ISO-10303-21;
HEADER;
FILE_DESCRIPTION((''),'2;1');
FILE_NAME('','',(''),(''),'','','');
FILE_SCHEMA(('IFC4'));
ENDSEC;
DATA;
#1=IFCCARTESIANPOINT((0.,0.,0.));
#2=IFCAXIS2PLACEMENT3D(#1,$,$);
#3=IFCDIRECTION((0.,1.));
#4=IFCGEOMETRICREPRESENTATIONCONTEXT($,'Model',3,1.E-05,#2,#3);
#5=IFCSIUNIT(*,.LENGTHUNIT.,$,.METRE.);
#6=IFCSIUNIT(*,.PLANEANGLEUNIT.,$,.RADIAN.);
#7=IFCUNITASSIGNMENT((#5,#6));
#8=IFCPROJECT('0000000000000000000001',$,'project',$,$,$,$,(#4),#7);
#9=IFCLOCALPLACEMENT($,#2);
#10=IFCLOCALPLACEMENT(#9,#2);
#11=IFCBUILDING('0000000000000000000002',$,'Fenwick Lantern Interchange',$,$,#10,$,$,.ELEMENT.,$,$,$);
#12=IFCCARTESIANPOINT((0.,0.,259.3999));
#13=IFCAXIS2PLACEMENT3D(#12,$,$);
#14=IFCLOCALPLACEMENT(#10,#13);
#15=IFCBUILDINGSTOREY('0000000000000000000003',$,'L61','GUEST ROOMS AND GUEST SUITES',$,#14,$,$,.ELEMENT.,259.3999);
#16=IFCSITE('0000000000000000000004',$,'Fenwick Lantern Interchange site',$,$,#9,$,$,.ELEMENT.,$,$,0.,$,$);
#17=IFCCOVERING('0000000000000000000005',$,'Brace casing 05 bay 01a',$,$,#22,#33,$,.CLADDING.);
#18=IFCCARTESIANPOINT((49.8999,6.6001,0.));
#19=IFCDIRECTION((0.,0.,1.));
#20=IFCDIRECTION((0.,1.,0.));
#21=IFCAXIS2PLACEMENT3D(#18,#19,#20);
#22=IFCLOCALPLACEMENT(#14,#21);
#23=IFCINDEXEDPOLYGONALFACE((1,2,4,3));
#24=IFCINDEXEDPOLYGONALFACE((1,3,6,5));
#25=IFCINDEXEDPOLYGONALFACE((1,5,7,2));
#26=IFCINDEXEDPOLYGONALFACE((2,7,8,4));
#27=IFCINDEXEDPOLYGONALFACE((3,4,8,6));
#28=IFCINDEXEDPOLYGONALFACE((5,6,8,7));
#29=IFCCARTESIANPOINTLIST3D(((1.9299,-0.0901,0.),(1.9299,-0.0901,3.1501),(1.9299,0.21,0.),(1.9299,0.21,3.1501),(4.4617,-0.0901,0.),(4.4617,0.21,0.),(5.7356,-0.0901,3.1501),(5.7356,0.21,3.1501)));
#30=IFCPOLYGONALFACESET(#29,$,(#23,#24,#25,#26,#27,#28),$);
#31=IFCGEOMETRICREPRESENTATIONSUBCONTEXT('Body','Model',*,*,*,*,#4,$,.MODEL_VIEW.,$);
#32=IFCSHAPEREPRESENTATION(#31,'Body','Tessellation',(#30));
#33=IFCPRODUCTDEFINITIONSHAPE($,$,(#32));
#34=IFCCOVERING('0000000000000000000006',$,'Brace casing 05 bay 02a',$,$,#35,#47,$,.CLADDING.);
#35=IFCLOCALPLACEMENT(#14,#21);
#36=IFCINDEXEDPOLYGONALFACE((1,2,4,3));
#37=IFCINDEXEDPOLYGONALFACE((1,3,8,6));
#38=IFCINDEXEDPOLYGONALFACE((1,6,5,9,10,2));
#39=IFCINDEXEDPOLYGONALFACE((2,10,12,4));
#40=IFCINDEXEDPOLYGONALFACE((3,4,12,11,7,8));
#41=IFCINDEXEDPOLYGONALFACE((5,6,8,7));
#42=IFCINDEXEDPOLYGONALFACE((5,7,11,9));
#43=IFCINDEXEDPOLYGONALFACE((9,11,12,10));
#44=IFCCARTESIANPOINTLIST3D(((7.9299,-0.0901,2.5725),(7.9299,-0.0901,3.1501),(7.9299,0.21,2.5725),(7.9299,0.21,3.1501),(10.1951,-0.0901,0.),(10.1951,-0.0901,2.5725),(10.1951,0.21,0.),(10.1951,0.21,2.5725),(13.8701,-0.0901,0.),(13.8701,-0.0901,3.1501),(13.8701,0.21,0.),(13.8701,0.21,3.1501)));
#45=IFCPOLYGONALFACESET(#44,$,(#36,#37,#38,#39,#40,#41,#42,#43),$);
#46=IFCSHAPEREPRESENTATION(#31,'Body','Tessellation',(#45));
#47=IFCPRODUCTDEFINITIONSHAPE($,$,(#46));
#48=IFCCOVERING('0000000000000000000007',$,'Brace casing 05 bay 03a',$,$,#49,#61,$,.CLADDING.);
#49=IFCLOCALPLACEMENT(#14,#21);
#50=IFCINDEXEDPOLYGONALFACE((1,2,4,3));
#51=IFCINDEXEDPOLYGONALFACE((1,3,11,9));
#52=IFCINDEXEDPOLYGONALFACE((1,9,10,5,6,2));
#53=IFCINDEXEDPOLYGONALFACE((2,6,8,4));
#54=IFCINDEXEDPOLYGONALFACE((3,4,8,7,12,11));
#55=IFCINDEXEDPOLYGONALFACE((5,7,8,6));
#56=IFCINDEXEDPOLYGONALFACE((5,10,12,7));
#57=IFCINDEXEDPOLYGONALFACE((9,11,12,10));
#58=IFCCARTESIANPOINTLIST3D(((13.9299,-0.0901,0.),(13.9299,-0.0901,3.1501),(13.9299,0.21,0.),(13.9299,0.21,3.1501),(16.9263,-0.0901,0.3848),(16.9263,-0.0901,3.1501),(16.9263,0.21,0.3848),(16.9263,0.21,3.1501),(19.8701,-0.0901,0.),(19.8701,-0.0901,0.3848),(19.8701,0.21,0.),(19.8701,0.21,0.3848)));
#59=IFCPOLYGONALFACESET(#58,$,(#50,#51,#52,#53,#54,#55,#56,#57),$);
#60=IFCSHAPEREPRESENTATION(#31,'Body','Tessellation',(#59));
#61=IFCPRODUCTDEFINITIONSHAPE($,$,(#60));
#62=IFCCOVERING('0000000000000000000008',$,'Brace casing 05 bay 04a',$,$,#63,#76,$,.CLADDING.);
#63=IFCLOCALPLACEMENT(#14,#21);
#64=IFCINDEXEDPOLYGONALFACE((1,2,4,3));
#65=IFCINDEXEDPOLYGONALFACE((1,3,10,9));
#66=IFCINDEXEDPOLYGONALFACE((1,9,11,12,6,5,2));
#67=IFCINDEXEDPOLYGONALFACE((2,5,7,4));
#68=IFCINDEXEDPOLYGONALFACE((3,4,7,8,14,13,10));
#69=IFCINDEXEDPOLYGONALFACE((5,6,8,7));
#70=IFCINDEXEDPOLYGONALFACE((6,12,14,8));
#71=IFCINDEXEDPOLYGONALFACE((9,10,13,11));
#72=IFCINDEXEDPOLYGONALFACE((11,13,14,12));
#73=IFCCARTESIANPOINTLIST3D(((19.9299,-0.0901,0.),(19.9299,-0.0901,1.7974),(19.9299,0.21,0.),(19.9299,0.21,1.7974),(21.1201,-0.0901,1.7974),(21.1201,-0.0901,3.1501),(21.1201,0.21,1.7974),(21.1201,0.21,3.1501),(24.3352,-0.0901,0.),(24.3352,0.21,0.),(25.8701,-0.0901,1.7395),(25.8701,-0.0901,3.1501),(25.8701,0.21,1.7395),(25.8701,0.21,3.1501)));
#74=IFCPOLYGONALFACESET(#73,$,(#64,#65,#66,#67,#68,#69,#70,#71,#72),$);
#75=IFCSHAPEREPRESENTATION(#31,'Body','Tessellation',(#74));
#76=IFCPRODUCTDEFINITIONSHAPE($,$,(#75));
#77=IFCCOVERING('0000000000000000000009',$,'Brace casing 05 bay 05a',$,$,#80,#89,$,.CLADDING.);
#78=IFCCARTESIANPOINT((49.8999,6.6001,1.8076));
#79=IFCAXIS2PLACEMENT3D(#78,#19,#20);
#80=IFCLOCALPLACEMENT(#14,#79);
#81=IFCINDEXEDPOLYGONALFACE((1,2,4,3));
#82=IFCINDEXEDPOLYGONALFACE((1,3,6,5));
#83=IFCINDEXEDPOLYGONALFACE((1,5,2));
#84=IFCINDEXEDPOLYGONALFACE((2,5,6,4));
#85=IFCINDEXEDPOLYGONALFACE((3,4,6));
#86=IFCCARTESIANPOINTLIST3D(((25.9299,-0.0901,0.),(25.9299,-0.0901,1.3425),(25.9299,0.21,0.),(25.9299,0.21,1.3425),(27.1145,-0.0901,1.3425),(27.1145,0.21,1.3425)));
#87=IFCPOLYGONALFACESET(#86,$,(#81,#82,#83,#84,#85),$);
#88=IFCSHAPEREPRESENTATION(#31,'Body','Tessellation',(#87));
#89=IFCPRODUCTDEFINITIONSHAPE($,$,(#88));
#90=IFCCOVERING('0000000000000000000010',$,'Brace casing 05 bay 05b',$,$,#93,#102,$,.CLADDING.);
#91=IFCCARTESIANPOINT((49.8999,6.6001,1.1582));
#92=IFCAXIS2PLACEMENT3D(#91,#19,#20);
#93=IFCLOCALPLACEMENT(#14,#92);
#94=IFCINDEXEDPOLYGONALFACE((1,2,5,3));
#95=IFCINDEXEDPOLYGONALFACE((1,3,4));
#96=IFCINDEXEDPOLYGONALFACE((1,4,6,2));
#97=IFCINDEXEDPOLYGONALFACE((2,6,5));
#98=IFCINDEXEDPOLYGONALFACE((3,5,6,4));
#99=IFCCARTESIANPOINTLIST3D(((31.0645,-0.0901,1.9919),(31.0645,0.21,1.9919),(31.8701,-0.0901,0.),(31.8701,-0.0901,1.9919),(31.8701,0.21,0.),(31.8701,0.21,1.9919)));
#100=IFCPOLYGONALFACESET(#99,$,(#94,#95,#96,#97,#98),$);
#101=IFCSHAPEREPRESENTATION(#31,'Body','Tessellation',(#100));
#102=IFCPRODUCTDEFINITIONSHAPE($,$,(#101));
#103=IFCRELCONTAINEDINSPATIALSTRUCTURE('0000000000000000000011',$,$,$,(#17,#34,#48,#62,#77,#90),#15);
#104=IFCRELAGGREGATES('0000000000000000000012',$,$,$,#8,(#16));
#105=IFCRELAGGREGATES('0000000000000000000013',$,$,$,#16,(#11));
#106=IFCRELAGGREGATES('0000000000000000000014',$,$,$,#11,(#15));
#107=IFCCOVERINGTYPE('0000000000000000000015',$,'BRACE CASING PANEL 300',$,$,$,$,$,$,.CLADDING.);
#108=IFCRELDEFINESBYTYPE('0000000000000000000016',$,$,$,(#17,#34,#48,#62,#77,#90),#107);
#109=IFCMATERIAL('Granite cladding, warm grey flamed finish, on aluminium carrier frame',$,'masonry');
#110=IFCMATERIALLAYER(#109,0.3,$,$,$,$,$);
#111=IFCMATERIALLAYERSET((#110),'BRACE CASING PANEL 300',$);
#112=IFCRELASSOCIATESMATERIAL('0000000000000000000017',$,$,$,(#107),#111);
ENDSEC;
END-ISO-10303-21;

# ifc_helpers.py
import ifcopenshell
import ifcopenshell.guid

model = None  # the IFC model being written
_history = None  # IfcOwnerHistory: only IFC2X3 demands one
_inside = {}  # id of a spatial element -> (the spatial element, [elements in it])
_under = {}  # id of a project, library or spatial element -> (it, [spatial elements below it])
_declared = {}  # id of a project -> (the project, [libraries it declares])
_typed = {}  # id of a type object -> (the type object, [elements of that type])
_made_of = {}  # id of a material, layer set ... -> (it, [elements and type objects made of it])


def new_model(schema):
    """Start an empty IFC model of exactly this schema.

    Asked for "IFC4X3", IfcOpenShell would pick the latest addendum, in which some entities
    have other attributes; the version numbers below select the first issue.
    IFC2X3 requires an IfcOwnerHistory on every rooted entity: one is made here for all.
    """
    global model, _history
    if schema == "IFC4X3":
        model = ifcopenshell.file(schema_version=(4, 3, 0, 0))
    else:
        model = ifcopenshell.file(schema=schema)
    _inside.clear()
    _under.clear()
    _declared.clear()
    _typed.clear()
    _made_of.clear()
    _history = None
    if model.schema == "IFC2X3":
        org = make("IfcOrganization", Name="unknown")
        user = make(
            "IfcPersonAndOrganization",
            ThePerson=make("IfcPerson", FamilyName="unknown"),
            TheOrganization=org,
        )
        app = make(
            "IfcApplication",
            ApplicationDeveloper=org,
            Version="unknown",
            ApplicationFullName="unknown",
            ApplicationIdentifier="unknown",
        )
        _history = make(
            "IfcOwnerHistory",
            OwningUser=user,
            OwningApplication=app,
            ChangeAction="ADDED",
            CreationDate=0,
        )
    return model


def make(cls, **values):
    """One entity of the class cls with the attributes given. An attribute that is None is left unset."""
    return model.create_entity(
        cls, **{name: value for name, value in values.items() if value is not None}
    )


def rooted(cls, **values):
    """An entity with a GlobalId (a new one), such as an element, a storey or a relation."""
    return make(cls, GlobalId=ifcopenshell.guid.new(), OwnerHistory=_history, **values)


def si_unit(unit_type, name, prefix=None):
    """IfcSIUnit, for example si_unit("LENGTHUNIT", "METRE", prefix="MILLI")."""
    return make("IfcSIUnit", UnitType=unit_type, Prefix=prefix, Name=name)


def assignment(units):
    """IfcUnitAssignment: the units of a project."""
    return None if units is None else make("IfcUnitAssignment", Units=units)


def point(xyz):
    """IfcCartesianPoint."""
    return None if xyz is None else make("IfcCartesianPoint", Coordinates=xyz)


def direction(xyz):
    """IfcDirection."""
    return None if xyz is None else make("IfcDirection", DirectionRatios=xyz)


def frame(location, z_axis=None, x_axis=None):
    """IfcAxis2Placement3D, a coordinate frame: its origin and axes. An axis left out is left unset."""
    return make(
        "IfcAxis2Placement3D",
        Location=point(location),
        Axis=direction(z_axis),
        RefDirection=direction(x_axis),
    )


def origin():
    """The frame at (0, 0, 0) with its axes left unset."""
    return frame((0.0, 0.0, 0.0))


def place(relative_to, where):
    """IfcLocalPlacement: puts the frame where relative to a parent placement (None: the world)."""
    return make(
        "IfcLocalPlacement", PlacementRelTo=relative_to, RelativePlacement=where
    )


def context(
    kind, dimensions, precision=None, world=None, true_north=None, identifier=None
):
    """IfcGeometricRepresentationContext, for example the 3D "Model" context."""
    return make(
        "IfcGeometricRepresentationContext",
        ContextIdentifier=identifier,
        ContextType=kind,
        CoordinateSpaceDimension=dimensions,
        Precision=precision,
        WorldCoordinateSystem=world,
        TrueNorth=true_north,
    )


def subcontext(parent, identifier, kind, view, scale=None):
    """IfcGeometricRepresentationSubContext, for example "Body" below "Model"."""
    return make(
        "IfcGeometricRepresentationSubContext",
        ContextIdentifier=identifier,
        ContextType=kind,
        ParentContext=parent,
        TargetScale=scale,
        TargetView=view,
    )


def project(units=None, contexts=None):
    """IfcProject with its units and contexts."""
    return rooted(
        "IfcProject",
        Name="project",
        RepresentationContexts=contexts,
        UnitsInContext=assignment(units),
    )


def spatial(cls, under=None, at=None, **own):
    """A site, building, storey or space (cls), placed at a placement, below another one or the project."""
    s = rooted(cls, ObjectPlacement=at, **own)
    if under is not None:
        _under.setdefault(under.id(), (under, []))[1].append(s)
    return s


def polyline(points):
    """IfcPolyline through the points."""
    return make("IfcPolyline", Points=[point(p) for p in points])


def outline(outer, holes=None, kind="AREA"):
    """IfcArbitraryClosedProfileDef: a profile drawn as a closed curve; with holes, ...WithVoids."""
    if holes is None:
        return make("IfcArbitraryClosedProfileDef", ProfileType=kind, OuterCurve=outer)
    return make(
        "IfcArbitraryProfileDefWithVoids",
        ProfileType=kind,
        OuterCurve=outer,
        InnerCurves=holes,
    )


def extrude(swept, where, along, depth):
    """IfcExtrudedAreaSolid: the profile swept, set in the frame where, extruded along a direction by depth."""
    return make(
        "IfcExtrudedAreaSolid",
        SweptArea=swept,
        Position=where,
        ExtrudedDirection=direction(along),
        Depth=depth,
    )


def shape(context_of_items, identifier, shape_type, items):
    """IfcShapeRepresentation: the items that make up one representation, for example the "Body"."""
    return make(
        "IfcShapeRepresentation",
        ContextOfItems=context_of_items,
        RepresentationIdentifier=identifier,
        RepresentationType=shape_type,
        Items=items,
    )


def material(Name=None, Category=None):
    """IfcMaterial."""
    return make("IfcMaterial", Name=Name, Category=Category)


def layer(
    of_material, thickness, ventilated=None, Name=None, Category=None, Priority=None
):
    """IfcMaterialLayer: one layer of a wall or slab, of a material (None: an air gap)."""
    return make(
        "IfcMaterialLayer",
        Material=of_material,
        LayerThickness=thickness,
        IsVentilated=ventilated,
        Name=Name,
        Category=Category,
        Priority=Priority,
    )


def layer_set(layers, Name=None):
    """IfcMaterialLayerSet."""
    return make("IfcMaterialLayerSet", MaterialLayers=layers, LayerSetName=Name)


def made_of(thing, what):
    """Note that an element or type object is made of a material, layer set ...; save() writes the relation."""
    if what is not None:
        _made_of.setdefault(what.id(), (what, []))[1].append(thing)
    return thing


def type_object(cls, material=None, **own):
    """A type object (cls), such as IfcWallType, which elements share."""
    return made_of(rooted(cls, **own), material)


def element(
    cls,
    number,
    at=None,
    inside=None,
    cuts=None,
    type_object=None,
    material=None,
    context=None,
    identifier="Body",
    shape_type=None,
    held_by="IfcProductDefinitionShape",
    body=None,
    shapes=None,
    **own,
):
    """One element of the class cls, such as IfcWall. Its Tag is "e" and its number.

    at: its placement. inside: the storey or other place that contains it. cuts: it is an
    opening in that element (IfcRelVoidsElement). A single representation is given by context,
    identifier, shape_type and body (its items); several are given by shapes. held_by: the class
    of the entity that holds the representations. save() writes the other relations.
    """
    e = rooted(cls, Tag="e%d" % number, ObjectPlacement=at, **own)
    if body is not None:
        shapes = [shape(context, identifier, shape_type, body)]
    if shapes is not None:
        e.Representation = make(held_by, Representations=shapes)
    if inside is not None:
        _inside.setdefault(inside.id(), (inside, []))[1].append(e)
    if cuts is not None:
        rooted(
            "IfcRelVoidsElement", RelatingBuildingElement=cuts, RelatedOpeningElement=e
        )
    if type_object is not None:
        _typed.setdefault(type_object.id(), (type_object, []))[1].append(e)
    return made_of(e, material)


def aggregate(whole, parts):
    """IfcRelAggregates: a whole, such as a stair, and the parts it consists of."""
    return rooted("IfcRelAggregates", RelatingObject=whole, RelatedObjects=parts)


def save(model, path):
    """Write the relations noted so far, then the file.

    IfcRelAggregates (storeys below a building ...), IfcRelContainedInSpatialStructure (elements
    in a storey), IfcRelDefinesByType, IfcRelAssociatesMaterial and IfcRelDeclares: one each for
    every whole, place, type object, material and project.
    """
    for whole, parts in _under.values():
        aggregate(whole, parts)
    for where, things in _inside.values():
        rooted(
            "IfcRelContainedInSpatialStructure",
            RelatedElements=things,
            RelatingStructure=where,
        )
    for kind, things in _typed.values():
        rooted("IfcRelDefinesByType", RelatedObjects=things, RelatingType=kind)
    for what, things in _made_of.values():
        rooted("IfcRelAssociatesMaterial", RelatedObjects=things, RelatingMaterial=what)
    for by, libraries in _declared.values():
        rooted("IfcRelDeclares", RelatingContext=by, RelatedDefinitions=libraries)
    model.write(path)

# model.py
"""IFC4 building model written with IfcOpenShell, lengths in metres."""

from ifc_helpers import new_model, si_unit, direction, frame, origin, place, context, subcontext, project, spatial, polyline, outline, extrude, material, layer, layer_set, type_object, element, save


model = new_model("IFC4")

# Units and contexts
model_context = context("Model", 3, precision=1e-05, world=origin(), true_north=direction((0.0, 1.0)))
body_context = subcontext(model_context, "Body", "Model", "MODEL_VIEW")
ifc_project = project(units=[si_unit("LENGTHUNIT", "METRE"), si_unit("PLANEANGLEUNIT", "RADIAN")], contexts=[model_context])

# Site, building, storey
site_placement = place(None, origin())
site = spatial("IfcSite", under=ifc_project, at=site_placement, Name="Fenwick Lantern Interchange site", CompositionType="ELEMENT", RefElevation=0.0)
building_placement = place(site_placement, origin())
building = spatial("IfcBuilding", under=site, at=building_placement, Name="Fenwick Lantern Interchange", CompositionType="ELEMENT")
storey_placement = place(building_placement, frame((0.0, 0.0, 259.3999)))
storey = spatial("IfcBuildingStorey", under=building, at=storey_placement, Name="L61", Description="GUEST ROOMS AND GUEST SUITES", CompositionType="ELEMENT", Elevation=259.3999)

# Coverings
ifc_material_1 = material(Name="Granite cladding, warm grey flamed finish, on aluminium carrier frame", Category="masonry")
ifc_layer_1 = layer(ifc_material_1, 0.3)
ifc_layer_set_1 = layer_set([ifc_layer_1], Name="BRACE CASING PANEL 300")
covering_type = type_object("IfcCoveringType", Name="BRACE CASING PANEL 300", PredefinedType="CLADDING", material=ifc_layer_set_1)
covering_1_placement = place(storey_placement, frame((49.8999, 6.6001, 0.0), z_axis=(0.0, 0.0, 1.0), x_axis=(0.0, 1.0, 0.0)))
element("IfcCovering", 1, at=covering_1_placement, inside=storey, type_object=covering_type, Name="Brace casing 05 bay 01a", PredefinedType="CLADDING", context=body_context, shape_type="SweptSolid", body=[
    extrude(outline(polyline([(1.9299, 0.0), (4.4617, 0.0), (5.7356, 3.1501), (1.9299, 3.1501), (1.9299, 0.0)])), frame((0.0, 0.21, 0.0), z_axis=(0.0, -1.0, 0.0), x_axis=(1.0, 0.0, 0.0)), (0.0, 0.0, 1.0), 0.3),
])
covering_2_placement = place(storey_placement, frame((49.8999, 6.6001, 0.0), z_axis=(0.0, 0.0, 1.0), x_axis=(0.0, 1.0, 0.0)))
element("IfcCovering", 2, at=covering_2_placement, inside=storey, type_object=covering_type, Name="Brace casing 05 bay 02a", PredefinedType="CLADDING", context=body_context, shape_type="SweptSolid", body=[
    extrude(outline(polyline([(10.1951, 0.0), (13.8701, 0.0), (13.8701, 3.1501), (7.9299, 3.1501), (7.9299, 2.5725), (10.1951, 2.5725), (10.1951, 0.0)])), frame((0.0, 0.21, 0.0), z_axis=(0.0, -1.0, 0.0), x_axis=(1.0, 0.0, 0.0)), (0.0, 0.0, 1.0), 0.3),
])
covering_3_placement = place(storey_placement, frame((49.8999, 6.6001, 0.0), z_axis=(0.0, 0.0, 1.0), x_axis=(0.0, 1.0, 0.0)))
element("IfcCovering", 3, at=covering_3_placement, inside=storey, type_object=covering_type, Name="Brace casing 05 bay 03a", PredefinedType="CLADDING", context=body_context, shape_type="SweptSolid", body=[
    extrude(outline(polyline([(13.9299, 0.0), (19.8701, 0.0), (19.8701, 0.3848), (16.9263, 0.3848), (16.9263, 3.1501), (13.9299, 3.1501), (13.9299, 0.0)])), frame((0.0, 0.21, 0.0), z_axis=(0.0, -1.0, 0.0), x_axis=(1.0, 0.0, 0.0)), (0.0, 0.0, 1.0), 0.3),
])
covering_4_placement = place(storey_placement, frame((49.8999, 6.6001, 0.0), z_axis=(0.0, 0.0, 1.0), x_axis=(0.0, 1.0, 0.0)))
element("IfcCovering", 4, at=covering_4_placement, inside=storey, type_object=covering_type, Name="Brace casing 05 bay 04a", PredefinedType="CLADDING", context=body_context, shape_type="SweptSolid", body=[
    extrude(outline(polyline([(19.9299, 0.0), (24.3352, 0.0), (25.8701, 1.7395), (25.8701, 3.1501), (21.1201, 3.1501), (21.1201, 1.7974), (19.9299, 1.7974), (19.9299, 0.0)])), frame((0.0, 0.21, 0.0), z_axis=(0.0, -1.0, 0.0), x_axis=(1.0, 0.0, 0.0)), (0.0, 0.0, 1.0), 0.3),
])
covering_5_placement = place(storey_placement, frame((49.8999, 6.6001, 1.8076), z_axis=(0.0, 0.0, 1.0), x_axis=(0.0, 1.0, 0.0)))
element("IfcCovering", 5, at=covering_5_placement, inside=storey, type_object=covering_type, Name="Brace casing 05 bay 05a", PredefinedType="CLADDING", context=body_context, shape_type="SweptSolid", body=[
    extrude(outline(polyline([(25.9299, 0.0), (27.1145, 1.3425), (25.9299, 1.3425), (25.9299, 0.0)])), frame((0.0, 0.21, 0.0), z_axis=(0.0, -1.0, 0.0), x_axis=(1.0, 0.0, 0.0)), (0.0, 0.0, 1.0), 0.3),
])
covering_6_placement = place(storey_placement, frame((49.8999, 6.6001, 1.1582), z_axis=(0.0, 0.0, 1.0), x_axis=(0.0, 1.0, 0.0)))
element("IfcCovering", 6, at=covering_6_placement, inside=storey, type_object=covering_type, Name="Brace casing 05 bay 05b", PredefinedType="CLADDING", context=body_context, shape_type="SweptSolid", body=[
    extrude(outline(polyline([(31.8701, 0.0), (31.8701, 1.9919), (31.0645, 1.9919), (31.8701, 0.0)])), frame((0.0, 0.21, 0.0), z_axis=(0.0, -1.0, 0.0), x_axis=(1.0, 0.0, 0.0)), (0.0, 0.0, 1.0), 0.3),
])

save(model, "model.ifc")
